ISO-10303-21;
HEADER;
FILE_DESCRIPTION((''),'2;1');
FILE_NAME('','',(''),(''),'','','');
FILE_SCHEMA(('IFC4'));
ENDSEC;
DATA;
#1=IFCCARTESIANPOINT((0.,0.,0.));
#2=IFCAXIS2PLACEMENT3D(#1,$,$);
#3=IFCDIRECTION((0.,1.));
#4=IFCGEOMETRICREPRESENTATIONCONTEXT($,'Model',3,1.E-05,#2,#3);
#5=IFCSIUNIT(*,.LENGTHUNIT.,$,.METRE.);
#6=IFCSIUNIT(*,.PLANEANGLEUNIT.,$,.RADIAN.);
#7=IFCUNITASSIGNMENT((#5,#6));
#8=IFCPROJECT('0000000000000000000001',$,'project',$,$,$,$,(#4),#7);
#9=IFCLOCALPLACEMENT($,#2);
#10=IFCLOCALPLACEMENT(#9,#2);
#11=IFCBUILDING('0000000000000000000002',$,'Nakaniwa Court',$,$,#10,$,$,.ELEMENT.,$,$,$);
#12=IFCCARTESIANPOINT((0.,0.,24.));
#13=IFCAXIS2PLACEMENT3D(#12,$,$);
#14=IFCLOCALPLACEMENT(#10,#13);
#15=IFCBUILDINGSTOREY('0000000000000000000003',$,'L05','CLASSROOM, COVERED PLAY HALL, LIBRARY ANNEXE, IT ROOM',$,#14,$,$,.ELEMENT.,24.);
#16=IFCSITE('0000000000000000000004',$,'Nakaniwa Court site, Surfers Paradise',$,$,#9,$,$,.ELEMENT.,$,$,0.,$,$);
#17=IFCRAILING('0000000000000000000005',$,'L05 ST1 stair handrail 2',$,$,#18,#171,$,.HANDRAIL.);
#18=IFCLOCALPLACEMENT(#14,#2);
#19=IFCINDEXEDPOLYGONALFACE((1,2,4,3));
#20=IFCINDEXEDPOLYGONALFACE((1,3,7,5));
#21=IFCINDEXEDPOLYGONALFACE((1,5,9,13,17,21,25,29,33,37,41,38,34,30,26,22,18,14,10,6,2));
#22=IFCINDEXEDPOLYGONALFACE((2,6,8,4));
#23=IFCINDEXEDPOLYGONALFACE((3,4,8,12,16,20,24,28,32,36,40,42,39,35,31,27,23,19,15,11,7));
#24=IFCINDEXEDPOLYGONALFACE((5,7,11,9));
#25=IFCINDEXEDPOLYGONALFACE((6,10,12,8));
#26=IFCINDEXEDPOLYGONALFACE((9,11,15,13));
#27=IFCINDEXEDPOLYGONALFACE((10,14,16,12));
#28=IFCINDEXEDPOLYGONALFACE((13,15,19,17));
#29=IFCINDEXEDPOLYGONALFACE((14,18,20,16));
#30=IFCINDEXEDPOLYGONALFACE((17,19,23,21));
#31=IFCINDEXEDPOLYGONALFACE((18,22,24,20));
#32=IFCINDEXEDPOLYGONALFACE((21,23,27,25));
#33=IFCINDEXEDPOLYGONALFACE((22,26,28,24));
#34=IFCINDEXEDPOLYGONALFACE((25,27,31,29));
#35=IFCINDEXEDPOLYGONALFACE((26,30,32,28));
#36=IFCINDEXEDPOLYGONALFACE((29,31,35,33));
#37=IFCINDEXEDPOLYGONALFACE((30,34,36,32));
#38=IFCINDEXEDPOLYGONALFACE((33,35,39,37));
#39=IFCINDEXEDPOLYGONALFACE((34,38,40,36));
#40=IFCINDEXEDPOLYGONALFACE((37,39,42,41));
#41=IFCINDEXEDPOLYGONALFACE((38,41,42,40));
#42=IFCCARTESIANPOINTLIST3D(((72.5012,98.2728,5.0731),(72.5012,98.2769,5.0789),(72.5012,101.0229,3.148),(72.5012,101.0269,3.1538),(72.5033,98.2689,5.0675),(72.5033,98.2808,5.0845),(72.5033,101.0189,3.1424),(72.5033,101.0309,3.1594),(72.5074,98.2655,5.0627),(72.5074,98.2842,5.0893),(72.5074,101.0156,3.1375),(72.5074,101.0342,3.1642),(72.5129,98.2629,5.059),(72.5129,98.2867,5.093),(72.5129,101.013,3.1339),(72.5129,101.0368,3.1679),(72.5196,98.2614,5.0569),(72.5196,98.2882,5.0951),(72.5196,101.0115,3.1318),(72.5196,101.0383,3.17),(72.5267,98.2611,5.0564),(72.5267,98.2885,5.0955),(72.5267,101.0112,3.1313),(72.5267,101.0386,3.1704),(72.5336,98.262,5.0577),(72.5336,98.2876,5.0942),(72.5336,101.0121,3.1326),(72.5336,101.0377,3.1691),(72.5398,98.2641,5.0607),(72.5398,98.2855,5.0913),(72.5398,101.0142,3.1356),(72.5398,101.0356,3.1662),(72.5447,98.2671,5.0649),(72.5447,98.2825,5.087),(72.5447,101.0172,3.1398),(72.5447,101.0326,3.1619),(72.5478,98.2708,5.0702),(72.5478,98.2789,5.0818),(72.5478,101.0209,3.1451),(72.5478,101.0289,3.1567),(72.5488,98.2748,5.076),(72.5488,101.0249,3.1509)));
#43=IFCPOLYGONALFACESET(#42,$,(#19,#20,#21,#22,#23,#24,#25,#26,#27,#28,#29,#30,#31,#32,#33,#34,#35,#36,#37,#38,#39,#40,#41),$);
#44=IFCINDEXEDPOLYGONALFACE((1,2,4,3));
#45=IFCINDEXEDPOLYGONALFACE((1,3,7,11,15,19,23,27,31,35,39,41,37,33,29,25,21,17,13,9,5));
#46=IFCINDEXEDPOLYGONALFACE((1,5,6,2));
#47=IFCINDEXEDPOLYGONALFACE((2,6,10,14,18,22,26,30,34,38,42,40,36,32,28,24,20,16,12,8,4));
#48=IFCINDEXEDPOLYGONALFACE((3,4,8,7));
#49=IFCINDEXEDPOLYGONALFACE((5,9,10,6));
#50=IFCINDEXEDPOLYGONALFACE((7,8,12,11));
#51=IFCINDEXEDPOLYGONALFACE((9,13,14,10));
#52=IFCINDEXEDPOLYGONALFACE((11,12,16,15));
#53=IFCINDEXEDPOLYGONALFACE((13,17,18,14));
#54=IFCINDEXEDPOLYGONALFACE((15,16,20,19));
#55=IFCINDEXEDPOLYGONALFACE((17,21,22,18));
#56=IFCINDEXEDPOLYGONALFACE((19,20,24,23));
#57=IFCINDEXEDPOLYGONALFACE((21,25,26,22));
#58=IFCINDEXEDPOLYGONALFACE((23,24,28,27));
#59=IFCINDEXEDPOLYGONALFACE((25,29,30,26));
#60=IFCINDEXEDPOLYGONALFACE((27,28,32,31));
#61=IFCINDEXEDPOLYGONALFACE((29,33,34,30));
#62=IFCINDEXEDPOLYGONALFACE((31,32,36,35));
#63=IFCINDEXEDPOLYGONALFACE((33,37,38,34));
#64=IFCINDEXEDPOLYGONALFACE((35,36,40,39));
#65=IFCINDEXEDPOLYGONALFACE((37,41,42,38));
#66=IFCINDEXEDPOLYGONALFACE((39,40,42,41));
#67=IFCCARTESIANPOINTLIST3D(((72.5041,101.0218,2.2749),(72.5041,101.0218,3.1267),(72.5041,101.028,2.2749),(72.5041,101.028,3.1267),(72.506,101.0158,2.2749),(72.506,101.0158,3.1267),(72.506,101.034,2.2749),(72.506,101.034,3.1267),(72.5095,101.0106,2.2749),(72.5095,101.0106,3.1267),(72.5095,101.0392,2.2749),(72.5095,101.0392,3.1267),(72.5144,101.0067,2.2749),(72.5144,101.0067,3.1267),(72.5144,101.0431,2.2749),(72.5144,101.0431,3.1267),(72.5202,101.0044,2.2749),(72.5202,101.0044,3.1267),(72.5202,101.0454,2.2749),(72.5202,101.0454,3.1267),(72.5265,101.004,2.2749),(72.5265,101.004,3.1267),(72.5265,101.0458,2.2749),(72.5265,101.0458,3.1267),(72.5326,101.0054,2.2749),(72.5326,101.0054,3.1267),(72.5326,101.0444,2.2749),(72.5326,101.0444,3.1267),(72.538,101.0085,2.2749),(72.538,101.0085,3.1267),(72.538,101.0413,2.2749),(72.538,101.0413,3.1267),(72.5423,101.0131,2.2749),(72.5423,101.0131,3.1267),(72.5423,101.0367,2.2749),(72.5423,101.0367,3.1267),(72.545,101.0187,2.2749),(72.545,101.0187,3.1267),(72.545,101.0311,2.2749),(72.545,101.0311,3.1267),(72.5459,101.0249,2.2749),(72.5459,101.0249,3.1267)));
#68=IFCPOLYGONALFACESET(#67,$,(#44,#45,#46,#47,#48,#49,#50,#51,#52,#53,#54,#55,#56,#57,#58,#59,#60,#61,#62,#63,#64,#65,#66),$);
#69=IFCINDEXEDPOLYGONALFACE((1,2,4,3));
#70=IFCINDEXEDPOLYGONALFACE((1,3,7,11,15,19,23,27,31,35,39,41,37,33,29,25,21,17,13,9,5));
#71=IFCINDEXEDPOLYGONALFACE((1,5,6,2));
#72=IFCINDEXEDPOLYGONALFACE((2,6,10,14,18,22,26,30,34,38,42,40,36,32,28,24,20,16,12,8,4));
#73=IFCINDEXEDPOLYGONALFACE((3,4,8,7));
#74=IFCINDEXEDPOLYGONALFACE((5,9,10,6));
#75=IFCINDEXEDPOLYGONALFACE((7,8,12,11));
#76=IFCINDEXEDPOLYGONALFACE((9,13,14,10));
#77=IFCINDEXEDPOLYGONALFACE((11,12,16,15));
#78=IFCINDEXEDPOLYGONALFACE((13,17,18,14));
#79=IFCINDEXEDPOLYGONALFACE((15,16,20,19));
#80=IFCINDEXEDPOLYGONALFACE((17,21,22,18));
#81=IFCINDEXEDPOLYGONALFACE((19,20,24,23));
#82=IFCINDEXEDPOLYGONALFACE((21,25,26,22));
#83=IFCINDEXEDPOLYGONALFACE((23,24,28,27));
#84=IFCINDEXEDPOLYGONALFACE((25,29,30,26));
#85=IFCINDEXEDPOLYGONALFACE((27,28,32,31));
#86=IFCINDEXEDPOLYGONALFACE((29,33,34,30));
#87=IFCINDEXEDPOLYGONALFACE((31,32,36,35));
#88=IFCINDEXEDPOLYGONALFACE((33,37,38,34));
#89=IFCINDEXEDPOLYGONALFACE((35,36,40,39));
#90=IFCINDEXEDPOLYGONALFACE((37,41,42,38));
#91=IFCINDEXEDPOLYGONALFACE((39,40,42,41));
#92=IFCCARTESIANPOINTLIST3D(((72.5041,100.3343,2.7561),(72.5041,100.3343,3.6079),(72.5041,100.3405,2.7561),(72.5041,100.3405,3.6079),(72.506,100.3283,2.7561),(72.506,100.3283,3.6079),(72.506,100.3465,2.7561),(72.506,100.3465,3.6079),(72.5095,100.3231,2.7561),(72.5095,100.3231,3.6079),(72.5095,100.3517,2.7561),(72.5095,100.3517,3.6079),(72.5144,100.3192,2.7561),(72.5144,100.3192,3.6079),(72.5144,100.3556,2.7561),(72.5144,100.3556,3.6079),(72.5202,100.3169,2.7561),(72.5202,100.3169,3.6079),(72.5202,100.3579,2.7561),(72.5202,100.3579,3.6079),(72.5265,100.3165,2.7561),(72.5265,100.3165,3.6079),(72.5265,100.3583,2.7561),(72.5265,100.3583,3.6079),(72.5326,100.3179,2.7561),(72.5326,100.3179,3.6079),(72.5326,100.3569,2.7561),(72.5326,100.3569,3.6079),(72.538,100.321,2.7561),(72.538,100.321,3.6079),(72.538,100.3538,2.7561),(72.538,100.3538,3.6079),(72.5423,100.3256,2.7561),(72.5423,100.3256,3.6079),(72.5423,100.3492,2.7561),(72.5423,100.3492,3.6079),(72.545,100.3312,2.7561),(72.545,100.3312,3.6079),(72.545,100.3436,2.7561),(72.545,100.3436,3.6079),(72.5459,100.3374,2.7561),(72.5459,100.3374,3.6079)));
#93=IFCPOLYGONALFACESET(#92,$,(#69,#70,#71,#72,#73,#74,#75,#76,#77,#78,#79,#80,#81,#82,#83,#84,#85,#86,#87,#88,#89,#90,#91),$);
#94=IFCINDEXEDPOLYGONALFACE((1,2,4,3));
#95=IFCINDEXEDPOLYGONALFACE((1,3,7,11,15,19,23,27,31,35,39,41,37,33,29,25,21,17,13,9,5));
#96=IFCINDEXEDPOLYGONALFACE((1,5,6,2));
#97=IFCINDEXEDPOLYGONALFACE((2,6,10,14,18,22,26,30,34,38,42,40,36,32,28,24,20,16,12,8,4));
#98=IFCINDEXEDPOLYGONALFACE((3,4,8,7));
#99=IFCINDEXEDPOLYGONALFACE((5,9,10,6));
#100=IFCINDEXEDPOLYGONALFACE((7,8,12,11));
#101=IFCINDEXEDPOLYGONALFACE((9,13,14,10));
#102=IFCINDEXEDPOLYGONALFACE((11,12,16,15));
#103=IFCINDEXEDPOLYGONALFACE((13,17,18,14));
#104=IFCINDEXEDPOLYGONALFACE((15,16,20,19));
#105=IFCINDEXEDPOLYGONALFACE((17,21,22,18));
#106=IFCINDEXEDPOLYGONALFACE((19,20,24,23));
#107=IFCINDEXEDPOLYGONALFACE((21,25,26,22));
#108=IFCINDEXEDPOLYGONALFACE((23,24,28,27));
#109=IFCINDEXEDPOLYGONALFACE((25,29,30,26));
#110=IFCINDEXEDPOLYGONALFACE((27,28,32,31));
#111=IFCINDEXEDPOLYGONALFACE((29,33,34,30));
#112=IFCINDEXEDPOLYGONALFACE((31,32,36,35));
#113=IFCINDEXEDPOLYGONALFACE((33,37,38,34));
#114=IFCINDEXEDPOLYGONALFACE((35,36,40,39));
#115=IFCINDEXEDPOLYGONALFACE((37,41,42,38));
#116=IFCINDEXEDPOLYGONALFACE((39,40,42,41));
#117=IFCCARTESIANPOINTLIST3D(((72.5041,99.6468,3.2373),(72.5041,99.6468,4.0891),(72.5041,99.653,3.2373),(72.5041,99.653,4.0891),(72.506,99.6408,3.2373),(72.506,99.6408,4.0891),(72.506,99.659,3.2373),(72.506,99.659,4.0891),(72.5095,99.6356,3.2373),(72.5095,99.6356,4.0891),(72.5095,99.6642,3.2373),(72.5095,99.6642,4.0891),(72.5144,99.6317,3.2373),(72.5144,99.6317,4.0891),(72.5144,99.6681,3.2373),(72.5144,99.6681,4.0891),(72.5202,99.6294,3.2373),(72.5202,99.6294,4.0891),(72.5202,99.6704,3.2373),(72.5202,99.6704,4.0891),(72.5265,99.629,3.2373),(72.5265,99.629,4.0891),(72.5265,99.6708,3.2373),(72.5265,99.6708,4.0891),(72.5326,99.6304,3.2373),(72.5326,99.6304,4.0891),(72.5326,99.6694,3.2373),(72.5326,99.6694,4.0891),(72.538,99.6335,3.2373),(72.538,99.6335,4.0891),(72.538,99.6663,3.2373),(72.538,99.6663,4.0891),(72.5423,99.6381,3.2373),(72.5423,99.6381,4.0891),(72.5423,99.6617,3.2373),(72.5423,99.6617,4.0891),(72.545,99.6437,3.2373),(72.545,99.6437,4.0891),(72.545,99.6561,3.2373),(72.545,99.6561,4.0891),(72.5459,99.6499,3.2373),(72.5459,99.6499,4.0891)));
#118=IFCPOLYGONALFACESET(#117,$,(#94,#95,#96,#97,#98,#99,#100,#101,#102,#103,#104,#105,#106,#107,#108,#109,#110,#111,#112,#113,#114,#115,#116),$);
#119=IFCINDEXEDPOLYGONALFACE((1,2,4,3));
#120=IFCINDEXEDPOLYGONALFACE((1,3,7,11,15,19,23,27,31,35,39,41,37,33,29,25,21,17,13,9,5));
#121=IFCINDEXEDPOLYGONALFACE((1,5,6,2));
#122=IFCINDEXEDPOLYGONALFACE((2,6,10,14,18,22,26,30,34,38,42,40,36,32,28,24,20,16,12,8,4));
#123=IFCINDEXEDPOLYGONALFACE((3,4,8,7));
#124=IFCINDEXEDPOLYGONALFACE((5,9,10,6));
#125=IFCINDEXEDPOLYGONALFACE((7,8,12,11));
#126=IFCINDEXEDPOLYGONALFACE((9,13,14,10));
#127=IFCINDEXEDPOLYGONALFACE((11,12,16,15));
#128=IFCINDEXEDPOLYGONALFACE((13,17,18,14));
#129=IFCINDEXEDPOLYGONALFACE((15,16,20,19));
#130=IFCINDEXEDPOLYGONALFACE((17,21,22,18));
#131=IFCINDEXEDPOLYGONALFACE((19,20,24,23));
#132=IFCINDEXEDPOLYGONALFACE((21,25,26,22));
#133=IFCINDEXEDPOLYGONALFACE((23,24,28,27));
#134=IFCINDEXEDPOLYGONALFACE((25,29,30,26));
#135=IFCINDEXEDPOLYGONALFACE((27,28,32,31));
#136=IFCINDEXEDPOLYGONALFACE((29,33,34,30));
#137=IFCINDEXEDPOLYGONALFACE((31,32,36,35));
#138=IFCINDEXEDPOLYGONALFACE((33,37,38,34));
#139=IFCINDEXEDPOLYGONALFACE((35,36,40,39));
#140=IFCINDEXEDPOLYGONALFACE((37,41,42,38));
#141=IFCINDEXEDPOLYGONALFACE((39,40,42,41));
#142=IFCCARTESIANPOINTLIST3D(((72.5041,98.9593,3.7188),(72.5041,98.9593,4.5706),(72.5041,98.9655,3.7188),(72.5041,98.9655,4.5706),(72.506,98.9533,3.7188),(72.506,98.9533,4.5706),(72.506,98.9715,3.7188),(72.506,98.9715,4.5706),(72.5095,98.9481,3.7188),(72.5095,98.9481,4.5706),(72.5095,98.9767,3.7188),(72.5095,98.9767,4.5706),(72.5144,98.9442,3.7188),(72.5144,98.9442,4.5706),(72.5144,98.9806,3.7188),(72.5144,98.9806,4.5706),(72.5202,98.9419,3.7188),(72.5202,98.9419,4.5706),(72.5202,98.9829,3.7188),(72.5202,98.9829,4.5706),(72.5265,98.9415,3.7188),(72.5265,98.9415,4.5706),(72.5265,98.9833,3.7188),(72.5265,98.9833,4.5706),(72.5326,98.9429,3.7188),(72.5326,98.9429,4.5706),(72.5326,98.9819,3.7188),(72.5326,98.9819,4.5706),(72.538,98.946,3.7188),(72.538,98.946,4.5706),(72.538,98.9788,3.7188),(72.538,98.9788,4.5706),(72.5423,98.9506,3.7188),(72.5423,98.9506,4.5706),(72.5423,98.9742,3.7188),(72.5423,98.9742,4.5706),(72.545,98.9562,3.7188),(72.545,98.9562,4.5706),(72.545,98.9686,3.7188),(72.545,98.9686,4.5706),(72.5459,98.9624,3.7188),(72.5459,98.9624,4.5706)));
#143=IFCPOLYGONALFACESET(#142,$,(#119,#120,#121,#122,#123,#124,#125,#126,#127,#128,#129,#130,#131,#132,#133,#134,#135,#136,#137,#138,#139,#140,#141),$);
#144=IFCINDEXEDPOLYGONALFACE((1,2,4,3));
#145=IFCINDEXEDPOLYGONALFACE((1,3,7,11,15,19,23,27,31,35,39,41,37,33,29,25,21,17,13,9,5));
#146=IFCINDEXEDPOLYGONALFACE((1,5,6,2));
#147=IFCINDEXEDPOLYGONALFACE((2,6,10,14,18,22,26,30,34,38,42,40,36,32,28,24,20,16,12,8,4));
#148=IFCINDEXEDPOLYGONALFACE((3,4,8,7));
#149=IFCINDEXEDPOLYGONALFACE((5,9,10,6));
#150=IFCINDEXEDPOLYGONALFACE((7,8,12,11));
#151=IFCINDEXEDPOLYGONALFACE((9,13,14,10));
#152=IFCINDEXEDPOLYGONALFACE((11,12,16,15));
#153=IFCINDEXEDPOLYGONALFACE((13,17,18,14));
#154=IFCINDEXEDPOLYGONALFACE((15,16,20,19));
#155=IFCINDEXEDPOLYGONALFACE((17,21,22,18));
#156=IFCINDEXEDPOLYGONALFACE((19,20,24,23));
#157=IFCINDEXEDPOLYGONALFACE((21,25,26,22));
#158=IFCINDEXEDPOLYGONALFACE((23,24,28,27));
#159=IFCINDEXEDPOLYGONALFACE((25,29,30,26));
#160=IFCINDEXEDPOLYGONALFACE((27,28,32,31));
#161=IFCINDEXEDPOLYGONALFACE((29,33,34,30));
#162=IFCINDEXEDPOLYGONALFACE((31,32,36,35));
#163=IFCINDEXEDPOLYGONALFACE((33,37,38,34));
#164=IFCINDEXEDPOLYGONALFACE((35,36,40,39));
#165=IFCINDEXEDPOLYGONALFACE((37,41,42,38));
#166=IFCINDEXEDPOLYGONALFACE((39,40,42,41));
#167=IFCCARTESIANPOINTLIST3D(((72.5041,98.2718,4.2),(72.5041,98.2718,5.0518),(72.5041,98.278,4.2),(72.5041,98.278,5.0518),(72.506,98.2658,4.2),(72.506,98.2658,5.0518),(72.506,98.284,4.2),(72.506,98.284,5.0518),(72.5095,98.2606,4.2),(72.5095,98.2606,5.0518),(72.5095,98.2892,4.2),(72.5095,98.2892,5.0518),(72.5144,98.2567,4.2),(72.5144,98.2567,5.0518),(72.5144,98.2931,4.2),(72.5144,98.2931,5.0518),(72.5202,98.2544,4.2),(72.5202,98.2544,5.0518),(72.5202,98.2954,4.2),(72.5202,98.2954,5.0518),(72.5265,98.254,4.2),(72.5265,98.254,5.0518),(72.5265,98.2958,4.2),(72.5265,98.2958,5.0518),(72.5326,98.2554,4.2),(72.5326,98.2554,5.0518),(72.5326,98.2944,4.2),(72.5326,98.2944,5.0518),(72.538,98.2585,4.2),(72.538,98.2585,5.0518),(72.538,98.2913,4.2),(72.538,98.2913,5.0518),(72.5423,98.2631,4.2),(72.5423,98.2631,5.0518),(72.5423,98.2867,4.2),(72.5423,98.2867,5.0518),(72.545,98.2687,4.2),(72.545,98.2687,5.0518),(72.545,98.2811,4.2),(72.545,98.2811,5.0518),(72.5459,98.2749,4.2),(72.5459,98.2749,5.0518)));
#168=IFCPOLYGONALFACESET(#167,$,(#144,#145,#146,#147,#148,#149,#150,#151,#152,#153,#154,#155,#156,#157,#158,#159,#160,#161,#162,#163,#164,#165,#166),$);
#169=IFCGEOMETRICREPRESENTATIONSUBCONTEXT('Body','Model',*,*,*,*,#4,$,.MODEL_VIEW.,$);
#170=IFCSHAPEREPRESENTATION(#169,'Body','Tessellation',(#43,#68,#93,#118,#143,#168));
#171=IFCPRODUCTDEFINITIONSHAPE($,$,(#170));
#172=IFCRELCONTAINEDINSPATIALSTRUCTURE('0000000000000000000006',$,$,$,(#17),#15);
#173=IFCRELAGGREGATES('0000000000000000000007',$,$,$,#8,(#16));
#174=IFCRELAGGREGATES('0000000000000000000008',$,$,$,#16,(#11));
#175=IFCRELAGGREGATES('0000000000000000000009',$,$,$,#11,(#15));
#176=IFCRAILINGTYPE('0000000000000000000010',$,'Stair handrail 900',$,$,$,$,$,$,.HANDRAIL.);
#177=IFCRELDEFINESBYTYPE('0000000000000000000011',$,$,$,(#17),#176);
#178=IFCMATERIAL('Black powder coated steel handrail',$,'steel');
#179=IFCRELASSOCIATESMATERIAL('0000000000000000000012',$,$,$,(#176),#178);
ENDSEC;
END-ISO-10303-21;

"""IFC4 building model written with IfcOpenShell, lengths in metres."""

from ifc_helpers import new_model, si_unit, direction, frame, origin, origin_2d, place, context, subcontext, project, spatial, circle, extrude, material, type_object, element, save


model = new_model("IFC4")

# Units and contexts
model_context = context("Model", 3, precision=1e-05, world=origin(), true_north=direction((0.0, 1.0)))
body_context = subcontext(model_context, "Body", "Model", "MODEL_VIEW")
ifc_project = project(units=[si_unit("LENGTHUNIT", "METRE"), si_unit("PLANEANGLEUNIT", "RADIAN")], contexts=[model_context])

# Site, building, storey
site_placement = place(None, origin())
site = spatial("IfcSite", under=ifc_project, at=site_placement, Name="Nakaniwa Court site, Surfers Paradise", CompositionType="ELEMENT", RefElevation=0.0)
building_placement = place(site_placement, origin())
building = spatial("IfcBuilding", under=site, at=building_placement, Name="Nakaniwa Court", CompositionType="ELEMENT")
storey_placement = place(building_placement, frame((0.0, 0.0, 24.0)))
storey = spatial("IfcBuildingStorey", under=building, at=storey_placement, Name="L05", Description="CLASSROOM, COVERED PLAY HALL, LIBRARY ANNEXE, IT ROOM", CompositionType="ELEMENT", Elevation=24.0)

# Railing
ifc_material_1 = material(Name="Black powder coated steel handrail", Category="steel")
railing_type_1 = type_object("IfcRailingType", Name="Stair handrail 900", PredefinedType="HANDRAIL", material=ifc_material_1)
railing_1_placement = place(storey_placement, frame((72.5249, 101.0249, 2.2749)))
element("IfcRailing", 1, at=railing_1_placement, inside=storey, type_object=railing_type_1, Name="L05 ST1 stair handrail 2", PredefinedType="HANDRAIL", context=body_context, shape_type="SweptSolid", body=[
    extrude(circle(Radius=0.0239, at=origin_2d()), frame((0.0, 0.0, 0.876), z_axis=(0.0, -0.819225, 0.573472), x_axis=(1.0, 0.0, 0.0)), (0.0, 0.0, 1.0), 3.3569),
    extrude(circle(Radius=0.021, at=origin_2d()), origin(), (0.0, 0.0, 1.0), 0.8518),
    extrude(circle(Radius=0.021, at=origin_2d()), frame((0.0, -0.6875, 0.4812)), (0.0, 0.0, 1.0), 0.8518),
    extrude(circle(Radius=0.021, at=origin_2d()), frame((0.0, -1.375, 0.9624)), (0.0, 0.0, 1.0), 0.8518),
    extrude(circle(Radius=0.021, at=origin_2d()), frame((0.0, -2.0625, 1.4438)), (0.0, 0.0, 1.0), 0.8518),
    extrude(circle(Radius=0.021, at=origin_2d()), frame((0.0, -2.75, 1.925)), (0.0, 0.0, 1.0), 0.8518),
])

save(model, "model.ifc")
